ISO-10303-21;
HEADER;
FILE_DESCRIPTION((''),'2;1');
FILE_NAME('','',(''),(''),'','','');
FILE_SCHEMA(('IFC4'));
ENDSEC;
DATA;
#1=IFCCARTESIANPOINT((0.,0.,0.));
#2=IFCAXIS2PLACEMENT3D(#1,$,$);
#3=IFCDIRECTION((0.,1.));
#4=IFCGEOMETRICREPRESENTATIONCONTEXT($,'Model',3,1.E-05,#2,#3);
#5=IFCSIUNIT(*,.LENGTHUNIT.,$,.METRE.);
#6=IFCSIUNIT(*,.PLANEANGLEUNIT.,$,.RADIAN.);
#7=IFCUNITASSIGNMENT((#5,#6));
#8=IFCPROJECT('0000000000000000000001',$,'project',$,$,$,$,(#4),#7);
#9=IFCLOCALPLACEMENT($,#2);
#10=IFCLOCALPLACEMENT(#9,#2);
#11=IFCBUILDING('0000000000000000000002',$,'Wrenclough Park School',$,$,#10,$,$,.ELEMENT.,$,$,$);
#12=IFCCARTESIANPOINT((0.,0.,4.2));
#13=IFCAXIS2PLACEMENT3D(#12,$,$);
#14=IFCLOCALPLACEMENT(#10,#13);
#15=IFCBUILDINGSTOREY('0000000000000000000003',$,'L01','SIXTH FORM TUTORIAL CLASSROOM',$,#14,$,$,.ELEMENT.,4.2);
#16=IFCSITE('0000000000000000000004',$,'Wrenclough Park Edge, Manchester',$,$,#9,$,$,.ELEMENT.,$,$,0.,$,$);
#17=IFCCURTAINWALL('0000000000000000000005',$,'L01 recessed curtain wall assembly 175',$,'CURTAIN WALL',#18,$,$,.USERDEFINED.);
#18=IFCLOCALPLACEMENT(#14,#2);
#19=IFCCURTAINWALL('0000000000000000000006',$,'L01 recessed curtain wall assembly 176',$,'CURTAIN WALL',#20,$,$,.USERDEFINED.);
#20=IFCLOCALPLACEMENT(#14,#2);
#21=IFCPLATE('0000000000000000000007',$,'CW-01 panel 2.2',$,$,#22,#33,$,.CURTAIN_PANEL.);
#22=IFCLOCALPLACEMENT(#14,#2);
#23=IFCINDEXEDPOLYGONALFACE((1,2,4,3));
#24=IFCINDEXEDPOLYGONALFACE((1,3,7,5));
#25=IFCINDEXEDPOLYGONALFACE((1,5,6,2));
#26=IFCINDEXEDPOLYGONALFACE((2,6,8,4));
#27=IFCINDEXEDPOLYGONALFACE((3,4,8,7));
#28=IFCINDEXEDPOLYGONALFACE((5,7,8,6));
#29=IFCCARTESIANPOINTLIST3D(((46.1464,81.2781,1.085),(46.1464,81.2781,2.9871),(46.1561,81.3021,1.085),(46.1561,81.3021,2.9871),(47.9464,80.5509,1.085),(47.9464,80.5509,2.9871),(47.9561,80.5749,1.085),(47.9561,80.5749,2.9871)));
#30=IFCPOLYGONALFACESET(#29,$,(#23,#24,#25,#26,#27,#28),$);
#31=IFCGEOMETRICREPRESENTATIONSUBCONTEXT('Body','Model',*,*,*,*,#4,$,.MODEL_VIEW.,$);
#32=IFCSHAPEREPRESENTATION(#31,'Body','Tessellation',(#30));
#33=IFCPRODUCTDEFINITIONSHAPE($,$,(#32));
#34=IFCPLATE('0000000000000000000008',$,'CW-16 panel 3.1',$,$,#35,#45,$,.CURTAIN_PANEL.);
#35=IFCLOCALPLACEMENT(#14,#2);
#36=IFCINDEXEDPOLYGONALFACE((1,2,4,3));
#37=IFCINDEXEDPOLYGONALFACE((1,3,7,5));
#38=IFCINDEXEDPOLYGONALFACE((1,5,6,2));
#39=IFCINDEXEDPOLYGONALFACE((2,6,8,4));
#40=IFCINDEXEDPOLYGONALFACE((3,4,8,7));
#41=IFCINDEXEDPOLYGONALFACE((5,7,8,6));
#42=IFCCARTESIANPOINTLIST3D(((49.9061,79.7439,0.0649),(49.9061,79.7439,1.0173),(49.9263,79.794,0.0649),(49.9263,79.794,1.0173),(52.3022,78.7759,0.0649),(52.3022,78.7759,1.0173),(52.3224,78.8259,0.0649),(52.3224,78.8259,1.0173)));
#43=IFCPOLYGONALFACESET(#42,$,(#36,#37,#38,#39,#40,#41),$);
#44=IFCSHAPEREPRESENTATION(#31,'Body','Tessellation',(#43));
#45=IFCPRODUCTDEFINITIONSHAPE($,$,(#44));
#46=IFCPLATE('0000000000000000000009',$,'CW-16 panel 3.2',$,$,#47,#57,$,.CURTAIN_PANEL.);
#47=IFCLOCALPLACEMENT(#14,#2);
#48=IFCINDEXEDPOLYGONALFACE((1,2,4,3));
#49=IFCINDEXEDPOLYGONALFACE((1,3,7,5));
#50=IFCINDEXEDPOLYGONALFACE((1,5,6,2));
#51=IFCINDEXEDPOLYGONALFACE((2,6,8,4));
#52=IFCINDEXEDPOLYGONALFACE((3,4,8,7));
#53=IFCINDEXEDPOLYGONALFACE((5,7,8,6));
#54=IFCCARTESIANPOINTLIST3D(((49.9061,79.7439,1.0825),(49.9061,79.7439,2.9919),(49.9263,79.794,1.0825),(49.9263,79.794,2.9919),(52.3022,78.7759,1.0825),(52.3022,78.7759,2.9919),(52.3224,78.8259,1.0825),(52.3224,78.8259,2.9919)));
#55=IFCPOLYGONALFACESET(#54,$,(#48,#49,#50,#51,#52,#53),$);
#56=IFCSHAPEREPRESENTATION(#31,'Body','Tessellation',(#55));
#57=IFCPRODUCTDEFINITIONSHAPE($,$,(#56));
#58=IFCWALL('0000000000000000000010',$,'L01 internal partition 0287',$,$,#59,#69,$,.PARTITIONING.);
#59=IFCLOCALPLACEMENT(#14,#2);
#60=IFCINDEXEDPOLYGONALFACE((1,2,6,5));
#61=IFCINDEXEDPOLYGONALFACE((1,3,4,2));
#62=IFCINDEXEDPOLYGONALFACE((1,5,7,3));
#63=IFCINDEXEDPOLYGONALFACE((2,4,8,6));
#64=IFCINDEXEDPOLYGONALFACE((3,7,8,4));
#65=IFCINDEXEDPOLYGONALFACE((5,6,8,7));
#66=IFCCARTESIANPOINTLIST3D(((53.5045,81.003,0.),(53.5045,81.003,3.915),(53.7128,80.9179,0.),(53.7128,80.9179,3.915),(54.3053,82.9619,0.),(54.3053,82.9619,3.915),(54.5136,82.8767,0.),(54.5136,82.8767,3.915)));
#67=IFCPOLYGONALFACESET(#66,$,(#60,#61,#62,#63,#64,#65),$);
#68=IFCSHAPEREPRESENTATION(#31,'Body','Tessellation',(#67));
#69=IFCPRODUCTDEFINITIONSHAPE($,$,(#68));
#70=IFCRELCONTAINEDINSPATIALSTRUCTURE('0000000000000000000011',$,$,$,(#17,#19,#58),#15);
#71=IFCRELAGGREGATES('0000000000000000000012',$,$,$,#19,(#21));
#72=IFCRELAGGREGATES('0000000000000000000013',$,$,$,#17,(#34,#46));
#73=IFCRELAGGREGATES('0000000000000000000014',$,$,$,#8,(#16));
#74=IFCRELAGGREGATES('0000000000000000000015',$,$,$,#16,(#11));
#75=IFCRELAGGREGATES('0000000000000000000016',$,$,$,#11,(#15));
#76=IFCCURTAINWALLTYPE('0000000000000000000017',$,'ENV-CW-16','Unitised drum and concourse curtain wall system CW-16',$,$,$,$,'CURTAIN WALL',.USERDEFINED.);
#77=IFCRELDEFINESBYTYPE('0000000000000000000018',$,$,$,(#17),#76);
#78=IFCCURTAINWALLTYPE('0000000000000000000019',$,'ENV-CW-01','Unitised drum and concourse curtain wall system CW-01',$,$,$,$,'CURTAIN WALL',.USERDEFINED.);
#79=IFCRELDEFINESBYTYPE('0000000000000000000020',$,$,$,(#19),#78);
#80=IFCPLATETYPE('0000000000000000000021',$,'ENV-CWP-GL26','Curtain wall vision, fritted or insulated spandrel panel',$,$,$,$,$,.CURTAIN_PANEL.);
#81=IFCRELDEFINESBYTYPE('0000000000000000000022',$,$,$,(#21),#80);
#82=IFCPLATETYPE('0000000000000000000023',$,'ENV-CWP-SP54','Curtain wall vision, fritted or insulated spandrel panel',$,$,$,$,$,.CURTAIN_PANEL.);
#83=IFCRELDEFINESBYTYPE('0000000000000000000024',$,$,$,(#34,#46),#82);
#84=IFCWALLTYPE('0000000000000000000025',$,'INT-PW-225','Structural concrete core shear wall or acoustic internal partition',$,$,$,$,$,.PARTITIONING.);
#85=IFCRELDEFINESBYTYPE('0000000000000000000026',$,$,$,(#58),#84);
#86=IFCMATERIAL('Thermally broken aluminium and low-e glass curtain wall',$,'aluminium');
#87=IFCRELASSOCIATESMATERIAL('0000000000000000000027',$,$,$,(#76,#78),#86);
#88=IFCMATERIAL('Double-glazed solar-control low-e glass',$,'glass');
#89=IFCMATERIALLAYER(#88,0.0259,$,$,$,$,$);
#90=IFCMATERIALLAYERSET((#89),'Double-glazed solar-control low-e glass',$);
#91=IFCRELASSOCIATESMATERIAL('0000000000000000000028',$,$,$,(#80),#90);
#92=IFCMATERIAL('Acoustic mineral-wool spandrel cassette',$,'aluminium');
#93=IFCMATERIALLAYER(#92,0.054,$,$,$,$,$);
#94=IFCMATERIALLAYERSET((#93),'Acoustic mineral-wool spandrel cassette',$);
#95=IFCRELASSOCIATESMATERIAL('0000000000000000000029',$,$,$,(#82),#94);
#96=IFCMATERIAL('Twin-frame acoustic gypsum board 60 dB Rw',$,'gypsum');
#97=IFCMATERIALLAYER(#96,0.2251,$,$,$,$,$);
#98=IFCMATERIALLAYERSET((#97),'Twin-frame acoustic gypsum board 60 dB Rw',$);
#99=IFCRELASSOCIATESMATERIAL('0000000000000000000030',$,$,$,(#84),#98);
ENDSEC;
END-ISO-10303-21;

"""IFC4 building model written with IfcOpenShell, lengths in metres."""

from ifc_helpers import new_model, si_unit, direction, frame, frame_2d, origin, origin_2d, place, context, subcontext, project, spatial, rectangle, extrude, material, layer, layer_set, type_object, element, aggregate, save


model = new_model("IFC4")

# Units and contexts
model_context = context("Model", 3, precision=1e-05, world=origin(), true_north=direction((0.0, 1.0)))
body_context = subcontext(model_context, "Body", "Model", "MODEL_VIEW")
ifc_project = project(units=[si_unit("LENGTHUNIT", "METRE"), si_unit("PLANEANGLEUNIT", "RADIAN")], contexts=[model_context])

# Site, building, storey
site_placement = place(None, origin())
site = spatial("IfcSite", under=ifc_project, at=site_placement, Name="Wrenclough Park Edge, Manchester", CompositionType="ELEMENT", RefElevation=0.0)
building_placement = place(site_placement, origin())
building = spatial("IfcBuilding", under=site, at=building_placement, Name="Wrenclough Park School", CompositionType="ELEMENT")
storey_placement = place(building_placement, frame((0.0, 0.0, 4.2)))
storey = spatial("IfcBuildingStorey", under=building, at=storey_placement, Name="L01", Description="SIXTH FORM TUTORIAL CLASSROOM", CompositionType="ELEMENT", Elevation=4.2)

# Curtain walls
ifc_material_1 = material(Name="Thermally broken aluminium and low-e glass curtain wall", Category="aluminium")
curtain_wall_type_1 = type_object("IfcCurtainWallType", Name="ENV-CW-16", Description="Unitised drum and concourse curtain wall system CW-16", ElementType="CURTAIN WALL", PredefinedType="USERDEFINED", material=ifc_material_1)
curtain_wall_1_placement = place(storey_placement, origin())
curtain_wall_1 = element("IfcCurtainWall", 1, at=curtain_wall_1_placement, inside=storey, type_object=curtain_wall_type_1, Name="L01 recessed curtain wall assembly 175", ObjectType="CURTAIN WALL", PredefinedType="USERDEFINED")
curtain_wall_type_2 = type_object("IfcCurtainWallType", Name="ENV-CW-01", Description="Unitised drum and concourse curtain wall system CW-01", ElementType="CURTAIN WALL", PredefinedType="USERDEFINED", material=ifc_material_1)
curtain_wall_2_placement = place(storey_placement, origin())
curtain_wall_2 = element("IfcCurtainWall", 2, at=curtain_wall_2_placement, inside=storey, type_object=curtain_wall_type_2, Name="L01 recessed curtain wall assembly 176", ObjectType="CURTAIN WALL", PredefinedType="USERDEFINED")

# Plates
ifc_material_2 = material(Name="Double-glazed solar-control low-e glass", Category="glass")
ifc_layer_1 = layer(ifc_material_2, 0.0259)
ifc_layer_set_1 = layer_set([ifc_layer_1], Name="Double-glazed solar-control low-e glass")
plate_type_1 = type_object("IfcPlateType", Name="ENV-CWP-GL26", Description="Curtain wall vision, fritted or insulated spandrel panel", PredefinedType="CURTAIN_PANEL", material=ifc_layer_set_1)
plate_1_placement = place(storey_placement, frame((47.0513, 80.9265, 1.085), z_axis=(0.0, 0.0, 1.0), x_axis=(-0.927185, 0.374603, 0.0)))
plate_1 = element("IfcPlate", 3, at=plate_1_placement, type_object=plate_type_1, Name="CW-01 panel 2.2", PredefinedType="CURTAIN_PANEL", context=body_context, shape_type="SweptSolid", body=[
    extrude(rectangle(XDim=1.9414, YDim=0.0259, at=origin_2d()), origin(), (0.0, 0.0, 1.0), 1.9021),
])
aggregate(curtain_wall_2, [plate_1])
ifc_material_3 = material(Name="Acoustic mineral-wool spandrel cassette", Category="aluminium")
ifc_layer_2 = layer(ifc_material_3, 0.054)
ifc_layer_set_2 = layer_set([ifc_layer_2], Name="Acoustic mineral-wool spandrel cassette")
plate_type_2 = type_object("IfcPlateType", Name="ENV-CWP-SP54", Description="Curtain wall vision, fritted or insulated spandrel panel", PredefinedType="CURTAIN_PANEL", material=ifc_layer_set_2)
plate_2_placement = place(storey_placement, frame((51.1143, 79.2849, 0.0649), z_axis=(0.0, 0.0, 1.0), x_axis=(-0.927185, 0.374603, 0.0)))
plate_2 = element("IfcPlate", 4, at=plate_2_placement, type_object=plate_type_2, Name="CW-16 panel 3.1", PredefinedType="CURTAIN_PANEL", context=body_context, shape_type="SweptSolid", body=[
    extrude(rectangle(XDim=2.5842, YDim=0.054, at=origin_2d()), origin(), (0.0, 0.0, 1.0), 0.9524),
])
plate_3_placement = place(storey_placement, frame((51.1143, 79.2849, 1.0825), z_axis=(0.0, 0.0, 1.0), x_axis=(-0.927185, 0.374603, 0.0)))
plate_3 = element("IfcPlate", 5, at=plate_3_placement, type_object=plate_type_2, Name="CW-16 panel 3.2", PredefinedType="CURTAIN_PANEL", context=body_context, shape_type="SweptSolid", body=[
    extrude(rectangle(XDim=2.5842, YDim=0.054, at=origin_2d()), origin(), (0.0, 0.0, 1.0), 1.9094),
])
aggregate(curtain_wall_1, [plate_2, plate_3])

# Wall
ifc_material_4 = material(Name="Twin-frame acoustic gypsum board 60 dB Rw", Category="gypsum")
ifc_layer_3 = layer(ifc_material_4, 0.2251)
ifc_layer_set_3 = layer_set([ifc_layer_3], Name="Twin-frame acoustic gypsum board 60 dB Rw")
wall_type = type_object("IfcWallType", Name="INT-PW-225", Description="Structural concrete core shear wall or acoustic internal partition", PredefinedType="PARTITIONING", material=ifc_layer_set_3)
wall_placement = place(storey_placement, frame((53.6086, 80.9604, 0.0), z_axis=(0.0, 0.0, 1.0), x_axis=(0.378422, 0.925633, 0.0)))
element("IfcWall", 6, at=wall_placement, inside=storey, type_object=wall_type, Name="L01 internal partition 0287", PredefinedType="PARTITIONING", context=body_context, shape_type="SweptSolid", body=[
    extrude(rectangle(XDim=2.1162, YDim=0.2251, at=frame_2d((1.0581, 0.0))), origin(), (0.0, 0.0, 1.0), 3.915),
])

save(model, "model.ifc")
